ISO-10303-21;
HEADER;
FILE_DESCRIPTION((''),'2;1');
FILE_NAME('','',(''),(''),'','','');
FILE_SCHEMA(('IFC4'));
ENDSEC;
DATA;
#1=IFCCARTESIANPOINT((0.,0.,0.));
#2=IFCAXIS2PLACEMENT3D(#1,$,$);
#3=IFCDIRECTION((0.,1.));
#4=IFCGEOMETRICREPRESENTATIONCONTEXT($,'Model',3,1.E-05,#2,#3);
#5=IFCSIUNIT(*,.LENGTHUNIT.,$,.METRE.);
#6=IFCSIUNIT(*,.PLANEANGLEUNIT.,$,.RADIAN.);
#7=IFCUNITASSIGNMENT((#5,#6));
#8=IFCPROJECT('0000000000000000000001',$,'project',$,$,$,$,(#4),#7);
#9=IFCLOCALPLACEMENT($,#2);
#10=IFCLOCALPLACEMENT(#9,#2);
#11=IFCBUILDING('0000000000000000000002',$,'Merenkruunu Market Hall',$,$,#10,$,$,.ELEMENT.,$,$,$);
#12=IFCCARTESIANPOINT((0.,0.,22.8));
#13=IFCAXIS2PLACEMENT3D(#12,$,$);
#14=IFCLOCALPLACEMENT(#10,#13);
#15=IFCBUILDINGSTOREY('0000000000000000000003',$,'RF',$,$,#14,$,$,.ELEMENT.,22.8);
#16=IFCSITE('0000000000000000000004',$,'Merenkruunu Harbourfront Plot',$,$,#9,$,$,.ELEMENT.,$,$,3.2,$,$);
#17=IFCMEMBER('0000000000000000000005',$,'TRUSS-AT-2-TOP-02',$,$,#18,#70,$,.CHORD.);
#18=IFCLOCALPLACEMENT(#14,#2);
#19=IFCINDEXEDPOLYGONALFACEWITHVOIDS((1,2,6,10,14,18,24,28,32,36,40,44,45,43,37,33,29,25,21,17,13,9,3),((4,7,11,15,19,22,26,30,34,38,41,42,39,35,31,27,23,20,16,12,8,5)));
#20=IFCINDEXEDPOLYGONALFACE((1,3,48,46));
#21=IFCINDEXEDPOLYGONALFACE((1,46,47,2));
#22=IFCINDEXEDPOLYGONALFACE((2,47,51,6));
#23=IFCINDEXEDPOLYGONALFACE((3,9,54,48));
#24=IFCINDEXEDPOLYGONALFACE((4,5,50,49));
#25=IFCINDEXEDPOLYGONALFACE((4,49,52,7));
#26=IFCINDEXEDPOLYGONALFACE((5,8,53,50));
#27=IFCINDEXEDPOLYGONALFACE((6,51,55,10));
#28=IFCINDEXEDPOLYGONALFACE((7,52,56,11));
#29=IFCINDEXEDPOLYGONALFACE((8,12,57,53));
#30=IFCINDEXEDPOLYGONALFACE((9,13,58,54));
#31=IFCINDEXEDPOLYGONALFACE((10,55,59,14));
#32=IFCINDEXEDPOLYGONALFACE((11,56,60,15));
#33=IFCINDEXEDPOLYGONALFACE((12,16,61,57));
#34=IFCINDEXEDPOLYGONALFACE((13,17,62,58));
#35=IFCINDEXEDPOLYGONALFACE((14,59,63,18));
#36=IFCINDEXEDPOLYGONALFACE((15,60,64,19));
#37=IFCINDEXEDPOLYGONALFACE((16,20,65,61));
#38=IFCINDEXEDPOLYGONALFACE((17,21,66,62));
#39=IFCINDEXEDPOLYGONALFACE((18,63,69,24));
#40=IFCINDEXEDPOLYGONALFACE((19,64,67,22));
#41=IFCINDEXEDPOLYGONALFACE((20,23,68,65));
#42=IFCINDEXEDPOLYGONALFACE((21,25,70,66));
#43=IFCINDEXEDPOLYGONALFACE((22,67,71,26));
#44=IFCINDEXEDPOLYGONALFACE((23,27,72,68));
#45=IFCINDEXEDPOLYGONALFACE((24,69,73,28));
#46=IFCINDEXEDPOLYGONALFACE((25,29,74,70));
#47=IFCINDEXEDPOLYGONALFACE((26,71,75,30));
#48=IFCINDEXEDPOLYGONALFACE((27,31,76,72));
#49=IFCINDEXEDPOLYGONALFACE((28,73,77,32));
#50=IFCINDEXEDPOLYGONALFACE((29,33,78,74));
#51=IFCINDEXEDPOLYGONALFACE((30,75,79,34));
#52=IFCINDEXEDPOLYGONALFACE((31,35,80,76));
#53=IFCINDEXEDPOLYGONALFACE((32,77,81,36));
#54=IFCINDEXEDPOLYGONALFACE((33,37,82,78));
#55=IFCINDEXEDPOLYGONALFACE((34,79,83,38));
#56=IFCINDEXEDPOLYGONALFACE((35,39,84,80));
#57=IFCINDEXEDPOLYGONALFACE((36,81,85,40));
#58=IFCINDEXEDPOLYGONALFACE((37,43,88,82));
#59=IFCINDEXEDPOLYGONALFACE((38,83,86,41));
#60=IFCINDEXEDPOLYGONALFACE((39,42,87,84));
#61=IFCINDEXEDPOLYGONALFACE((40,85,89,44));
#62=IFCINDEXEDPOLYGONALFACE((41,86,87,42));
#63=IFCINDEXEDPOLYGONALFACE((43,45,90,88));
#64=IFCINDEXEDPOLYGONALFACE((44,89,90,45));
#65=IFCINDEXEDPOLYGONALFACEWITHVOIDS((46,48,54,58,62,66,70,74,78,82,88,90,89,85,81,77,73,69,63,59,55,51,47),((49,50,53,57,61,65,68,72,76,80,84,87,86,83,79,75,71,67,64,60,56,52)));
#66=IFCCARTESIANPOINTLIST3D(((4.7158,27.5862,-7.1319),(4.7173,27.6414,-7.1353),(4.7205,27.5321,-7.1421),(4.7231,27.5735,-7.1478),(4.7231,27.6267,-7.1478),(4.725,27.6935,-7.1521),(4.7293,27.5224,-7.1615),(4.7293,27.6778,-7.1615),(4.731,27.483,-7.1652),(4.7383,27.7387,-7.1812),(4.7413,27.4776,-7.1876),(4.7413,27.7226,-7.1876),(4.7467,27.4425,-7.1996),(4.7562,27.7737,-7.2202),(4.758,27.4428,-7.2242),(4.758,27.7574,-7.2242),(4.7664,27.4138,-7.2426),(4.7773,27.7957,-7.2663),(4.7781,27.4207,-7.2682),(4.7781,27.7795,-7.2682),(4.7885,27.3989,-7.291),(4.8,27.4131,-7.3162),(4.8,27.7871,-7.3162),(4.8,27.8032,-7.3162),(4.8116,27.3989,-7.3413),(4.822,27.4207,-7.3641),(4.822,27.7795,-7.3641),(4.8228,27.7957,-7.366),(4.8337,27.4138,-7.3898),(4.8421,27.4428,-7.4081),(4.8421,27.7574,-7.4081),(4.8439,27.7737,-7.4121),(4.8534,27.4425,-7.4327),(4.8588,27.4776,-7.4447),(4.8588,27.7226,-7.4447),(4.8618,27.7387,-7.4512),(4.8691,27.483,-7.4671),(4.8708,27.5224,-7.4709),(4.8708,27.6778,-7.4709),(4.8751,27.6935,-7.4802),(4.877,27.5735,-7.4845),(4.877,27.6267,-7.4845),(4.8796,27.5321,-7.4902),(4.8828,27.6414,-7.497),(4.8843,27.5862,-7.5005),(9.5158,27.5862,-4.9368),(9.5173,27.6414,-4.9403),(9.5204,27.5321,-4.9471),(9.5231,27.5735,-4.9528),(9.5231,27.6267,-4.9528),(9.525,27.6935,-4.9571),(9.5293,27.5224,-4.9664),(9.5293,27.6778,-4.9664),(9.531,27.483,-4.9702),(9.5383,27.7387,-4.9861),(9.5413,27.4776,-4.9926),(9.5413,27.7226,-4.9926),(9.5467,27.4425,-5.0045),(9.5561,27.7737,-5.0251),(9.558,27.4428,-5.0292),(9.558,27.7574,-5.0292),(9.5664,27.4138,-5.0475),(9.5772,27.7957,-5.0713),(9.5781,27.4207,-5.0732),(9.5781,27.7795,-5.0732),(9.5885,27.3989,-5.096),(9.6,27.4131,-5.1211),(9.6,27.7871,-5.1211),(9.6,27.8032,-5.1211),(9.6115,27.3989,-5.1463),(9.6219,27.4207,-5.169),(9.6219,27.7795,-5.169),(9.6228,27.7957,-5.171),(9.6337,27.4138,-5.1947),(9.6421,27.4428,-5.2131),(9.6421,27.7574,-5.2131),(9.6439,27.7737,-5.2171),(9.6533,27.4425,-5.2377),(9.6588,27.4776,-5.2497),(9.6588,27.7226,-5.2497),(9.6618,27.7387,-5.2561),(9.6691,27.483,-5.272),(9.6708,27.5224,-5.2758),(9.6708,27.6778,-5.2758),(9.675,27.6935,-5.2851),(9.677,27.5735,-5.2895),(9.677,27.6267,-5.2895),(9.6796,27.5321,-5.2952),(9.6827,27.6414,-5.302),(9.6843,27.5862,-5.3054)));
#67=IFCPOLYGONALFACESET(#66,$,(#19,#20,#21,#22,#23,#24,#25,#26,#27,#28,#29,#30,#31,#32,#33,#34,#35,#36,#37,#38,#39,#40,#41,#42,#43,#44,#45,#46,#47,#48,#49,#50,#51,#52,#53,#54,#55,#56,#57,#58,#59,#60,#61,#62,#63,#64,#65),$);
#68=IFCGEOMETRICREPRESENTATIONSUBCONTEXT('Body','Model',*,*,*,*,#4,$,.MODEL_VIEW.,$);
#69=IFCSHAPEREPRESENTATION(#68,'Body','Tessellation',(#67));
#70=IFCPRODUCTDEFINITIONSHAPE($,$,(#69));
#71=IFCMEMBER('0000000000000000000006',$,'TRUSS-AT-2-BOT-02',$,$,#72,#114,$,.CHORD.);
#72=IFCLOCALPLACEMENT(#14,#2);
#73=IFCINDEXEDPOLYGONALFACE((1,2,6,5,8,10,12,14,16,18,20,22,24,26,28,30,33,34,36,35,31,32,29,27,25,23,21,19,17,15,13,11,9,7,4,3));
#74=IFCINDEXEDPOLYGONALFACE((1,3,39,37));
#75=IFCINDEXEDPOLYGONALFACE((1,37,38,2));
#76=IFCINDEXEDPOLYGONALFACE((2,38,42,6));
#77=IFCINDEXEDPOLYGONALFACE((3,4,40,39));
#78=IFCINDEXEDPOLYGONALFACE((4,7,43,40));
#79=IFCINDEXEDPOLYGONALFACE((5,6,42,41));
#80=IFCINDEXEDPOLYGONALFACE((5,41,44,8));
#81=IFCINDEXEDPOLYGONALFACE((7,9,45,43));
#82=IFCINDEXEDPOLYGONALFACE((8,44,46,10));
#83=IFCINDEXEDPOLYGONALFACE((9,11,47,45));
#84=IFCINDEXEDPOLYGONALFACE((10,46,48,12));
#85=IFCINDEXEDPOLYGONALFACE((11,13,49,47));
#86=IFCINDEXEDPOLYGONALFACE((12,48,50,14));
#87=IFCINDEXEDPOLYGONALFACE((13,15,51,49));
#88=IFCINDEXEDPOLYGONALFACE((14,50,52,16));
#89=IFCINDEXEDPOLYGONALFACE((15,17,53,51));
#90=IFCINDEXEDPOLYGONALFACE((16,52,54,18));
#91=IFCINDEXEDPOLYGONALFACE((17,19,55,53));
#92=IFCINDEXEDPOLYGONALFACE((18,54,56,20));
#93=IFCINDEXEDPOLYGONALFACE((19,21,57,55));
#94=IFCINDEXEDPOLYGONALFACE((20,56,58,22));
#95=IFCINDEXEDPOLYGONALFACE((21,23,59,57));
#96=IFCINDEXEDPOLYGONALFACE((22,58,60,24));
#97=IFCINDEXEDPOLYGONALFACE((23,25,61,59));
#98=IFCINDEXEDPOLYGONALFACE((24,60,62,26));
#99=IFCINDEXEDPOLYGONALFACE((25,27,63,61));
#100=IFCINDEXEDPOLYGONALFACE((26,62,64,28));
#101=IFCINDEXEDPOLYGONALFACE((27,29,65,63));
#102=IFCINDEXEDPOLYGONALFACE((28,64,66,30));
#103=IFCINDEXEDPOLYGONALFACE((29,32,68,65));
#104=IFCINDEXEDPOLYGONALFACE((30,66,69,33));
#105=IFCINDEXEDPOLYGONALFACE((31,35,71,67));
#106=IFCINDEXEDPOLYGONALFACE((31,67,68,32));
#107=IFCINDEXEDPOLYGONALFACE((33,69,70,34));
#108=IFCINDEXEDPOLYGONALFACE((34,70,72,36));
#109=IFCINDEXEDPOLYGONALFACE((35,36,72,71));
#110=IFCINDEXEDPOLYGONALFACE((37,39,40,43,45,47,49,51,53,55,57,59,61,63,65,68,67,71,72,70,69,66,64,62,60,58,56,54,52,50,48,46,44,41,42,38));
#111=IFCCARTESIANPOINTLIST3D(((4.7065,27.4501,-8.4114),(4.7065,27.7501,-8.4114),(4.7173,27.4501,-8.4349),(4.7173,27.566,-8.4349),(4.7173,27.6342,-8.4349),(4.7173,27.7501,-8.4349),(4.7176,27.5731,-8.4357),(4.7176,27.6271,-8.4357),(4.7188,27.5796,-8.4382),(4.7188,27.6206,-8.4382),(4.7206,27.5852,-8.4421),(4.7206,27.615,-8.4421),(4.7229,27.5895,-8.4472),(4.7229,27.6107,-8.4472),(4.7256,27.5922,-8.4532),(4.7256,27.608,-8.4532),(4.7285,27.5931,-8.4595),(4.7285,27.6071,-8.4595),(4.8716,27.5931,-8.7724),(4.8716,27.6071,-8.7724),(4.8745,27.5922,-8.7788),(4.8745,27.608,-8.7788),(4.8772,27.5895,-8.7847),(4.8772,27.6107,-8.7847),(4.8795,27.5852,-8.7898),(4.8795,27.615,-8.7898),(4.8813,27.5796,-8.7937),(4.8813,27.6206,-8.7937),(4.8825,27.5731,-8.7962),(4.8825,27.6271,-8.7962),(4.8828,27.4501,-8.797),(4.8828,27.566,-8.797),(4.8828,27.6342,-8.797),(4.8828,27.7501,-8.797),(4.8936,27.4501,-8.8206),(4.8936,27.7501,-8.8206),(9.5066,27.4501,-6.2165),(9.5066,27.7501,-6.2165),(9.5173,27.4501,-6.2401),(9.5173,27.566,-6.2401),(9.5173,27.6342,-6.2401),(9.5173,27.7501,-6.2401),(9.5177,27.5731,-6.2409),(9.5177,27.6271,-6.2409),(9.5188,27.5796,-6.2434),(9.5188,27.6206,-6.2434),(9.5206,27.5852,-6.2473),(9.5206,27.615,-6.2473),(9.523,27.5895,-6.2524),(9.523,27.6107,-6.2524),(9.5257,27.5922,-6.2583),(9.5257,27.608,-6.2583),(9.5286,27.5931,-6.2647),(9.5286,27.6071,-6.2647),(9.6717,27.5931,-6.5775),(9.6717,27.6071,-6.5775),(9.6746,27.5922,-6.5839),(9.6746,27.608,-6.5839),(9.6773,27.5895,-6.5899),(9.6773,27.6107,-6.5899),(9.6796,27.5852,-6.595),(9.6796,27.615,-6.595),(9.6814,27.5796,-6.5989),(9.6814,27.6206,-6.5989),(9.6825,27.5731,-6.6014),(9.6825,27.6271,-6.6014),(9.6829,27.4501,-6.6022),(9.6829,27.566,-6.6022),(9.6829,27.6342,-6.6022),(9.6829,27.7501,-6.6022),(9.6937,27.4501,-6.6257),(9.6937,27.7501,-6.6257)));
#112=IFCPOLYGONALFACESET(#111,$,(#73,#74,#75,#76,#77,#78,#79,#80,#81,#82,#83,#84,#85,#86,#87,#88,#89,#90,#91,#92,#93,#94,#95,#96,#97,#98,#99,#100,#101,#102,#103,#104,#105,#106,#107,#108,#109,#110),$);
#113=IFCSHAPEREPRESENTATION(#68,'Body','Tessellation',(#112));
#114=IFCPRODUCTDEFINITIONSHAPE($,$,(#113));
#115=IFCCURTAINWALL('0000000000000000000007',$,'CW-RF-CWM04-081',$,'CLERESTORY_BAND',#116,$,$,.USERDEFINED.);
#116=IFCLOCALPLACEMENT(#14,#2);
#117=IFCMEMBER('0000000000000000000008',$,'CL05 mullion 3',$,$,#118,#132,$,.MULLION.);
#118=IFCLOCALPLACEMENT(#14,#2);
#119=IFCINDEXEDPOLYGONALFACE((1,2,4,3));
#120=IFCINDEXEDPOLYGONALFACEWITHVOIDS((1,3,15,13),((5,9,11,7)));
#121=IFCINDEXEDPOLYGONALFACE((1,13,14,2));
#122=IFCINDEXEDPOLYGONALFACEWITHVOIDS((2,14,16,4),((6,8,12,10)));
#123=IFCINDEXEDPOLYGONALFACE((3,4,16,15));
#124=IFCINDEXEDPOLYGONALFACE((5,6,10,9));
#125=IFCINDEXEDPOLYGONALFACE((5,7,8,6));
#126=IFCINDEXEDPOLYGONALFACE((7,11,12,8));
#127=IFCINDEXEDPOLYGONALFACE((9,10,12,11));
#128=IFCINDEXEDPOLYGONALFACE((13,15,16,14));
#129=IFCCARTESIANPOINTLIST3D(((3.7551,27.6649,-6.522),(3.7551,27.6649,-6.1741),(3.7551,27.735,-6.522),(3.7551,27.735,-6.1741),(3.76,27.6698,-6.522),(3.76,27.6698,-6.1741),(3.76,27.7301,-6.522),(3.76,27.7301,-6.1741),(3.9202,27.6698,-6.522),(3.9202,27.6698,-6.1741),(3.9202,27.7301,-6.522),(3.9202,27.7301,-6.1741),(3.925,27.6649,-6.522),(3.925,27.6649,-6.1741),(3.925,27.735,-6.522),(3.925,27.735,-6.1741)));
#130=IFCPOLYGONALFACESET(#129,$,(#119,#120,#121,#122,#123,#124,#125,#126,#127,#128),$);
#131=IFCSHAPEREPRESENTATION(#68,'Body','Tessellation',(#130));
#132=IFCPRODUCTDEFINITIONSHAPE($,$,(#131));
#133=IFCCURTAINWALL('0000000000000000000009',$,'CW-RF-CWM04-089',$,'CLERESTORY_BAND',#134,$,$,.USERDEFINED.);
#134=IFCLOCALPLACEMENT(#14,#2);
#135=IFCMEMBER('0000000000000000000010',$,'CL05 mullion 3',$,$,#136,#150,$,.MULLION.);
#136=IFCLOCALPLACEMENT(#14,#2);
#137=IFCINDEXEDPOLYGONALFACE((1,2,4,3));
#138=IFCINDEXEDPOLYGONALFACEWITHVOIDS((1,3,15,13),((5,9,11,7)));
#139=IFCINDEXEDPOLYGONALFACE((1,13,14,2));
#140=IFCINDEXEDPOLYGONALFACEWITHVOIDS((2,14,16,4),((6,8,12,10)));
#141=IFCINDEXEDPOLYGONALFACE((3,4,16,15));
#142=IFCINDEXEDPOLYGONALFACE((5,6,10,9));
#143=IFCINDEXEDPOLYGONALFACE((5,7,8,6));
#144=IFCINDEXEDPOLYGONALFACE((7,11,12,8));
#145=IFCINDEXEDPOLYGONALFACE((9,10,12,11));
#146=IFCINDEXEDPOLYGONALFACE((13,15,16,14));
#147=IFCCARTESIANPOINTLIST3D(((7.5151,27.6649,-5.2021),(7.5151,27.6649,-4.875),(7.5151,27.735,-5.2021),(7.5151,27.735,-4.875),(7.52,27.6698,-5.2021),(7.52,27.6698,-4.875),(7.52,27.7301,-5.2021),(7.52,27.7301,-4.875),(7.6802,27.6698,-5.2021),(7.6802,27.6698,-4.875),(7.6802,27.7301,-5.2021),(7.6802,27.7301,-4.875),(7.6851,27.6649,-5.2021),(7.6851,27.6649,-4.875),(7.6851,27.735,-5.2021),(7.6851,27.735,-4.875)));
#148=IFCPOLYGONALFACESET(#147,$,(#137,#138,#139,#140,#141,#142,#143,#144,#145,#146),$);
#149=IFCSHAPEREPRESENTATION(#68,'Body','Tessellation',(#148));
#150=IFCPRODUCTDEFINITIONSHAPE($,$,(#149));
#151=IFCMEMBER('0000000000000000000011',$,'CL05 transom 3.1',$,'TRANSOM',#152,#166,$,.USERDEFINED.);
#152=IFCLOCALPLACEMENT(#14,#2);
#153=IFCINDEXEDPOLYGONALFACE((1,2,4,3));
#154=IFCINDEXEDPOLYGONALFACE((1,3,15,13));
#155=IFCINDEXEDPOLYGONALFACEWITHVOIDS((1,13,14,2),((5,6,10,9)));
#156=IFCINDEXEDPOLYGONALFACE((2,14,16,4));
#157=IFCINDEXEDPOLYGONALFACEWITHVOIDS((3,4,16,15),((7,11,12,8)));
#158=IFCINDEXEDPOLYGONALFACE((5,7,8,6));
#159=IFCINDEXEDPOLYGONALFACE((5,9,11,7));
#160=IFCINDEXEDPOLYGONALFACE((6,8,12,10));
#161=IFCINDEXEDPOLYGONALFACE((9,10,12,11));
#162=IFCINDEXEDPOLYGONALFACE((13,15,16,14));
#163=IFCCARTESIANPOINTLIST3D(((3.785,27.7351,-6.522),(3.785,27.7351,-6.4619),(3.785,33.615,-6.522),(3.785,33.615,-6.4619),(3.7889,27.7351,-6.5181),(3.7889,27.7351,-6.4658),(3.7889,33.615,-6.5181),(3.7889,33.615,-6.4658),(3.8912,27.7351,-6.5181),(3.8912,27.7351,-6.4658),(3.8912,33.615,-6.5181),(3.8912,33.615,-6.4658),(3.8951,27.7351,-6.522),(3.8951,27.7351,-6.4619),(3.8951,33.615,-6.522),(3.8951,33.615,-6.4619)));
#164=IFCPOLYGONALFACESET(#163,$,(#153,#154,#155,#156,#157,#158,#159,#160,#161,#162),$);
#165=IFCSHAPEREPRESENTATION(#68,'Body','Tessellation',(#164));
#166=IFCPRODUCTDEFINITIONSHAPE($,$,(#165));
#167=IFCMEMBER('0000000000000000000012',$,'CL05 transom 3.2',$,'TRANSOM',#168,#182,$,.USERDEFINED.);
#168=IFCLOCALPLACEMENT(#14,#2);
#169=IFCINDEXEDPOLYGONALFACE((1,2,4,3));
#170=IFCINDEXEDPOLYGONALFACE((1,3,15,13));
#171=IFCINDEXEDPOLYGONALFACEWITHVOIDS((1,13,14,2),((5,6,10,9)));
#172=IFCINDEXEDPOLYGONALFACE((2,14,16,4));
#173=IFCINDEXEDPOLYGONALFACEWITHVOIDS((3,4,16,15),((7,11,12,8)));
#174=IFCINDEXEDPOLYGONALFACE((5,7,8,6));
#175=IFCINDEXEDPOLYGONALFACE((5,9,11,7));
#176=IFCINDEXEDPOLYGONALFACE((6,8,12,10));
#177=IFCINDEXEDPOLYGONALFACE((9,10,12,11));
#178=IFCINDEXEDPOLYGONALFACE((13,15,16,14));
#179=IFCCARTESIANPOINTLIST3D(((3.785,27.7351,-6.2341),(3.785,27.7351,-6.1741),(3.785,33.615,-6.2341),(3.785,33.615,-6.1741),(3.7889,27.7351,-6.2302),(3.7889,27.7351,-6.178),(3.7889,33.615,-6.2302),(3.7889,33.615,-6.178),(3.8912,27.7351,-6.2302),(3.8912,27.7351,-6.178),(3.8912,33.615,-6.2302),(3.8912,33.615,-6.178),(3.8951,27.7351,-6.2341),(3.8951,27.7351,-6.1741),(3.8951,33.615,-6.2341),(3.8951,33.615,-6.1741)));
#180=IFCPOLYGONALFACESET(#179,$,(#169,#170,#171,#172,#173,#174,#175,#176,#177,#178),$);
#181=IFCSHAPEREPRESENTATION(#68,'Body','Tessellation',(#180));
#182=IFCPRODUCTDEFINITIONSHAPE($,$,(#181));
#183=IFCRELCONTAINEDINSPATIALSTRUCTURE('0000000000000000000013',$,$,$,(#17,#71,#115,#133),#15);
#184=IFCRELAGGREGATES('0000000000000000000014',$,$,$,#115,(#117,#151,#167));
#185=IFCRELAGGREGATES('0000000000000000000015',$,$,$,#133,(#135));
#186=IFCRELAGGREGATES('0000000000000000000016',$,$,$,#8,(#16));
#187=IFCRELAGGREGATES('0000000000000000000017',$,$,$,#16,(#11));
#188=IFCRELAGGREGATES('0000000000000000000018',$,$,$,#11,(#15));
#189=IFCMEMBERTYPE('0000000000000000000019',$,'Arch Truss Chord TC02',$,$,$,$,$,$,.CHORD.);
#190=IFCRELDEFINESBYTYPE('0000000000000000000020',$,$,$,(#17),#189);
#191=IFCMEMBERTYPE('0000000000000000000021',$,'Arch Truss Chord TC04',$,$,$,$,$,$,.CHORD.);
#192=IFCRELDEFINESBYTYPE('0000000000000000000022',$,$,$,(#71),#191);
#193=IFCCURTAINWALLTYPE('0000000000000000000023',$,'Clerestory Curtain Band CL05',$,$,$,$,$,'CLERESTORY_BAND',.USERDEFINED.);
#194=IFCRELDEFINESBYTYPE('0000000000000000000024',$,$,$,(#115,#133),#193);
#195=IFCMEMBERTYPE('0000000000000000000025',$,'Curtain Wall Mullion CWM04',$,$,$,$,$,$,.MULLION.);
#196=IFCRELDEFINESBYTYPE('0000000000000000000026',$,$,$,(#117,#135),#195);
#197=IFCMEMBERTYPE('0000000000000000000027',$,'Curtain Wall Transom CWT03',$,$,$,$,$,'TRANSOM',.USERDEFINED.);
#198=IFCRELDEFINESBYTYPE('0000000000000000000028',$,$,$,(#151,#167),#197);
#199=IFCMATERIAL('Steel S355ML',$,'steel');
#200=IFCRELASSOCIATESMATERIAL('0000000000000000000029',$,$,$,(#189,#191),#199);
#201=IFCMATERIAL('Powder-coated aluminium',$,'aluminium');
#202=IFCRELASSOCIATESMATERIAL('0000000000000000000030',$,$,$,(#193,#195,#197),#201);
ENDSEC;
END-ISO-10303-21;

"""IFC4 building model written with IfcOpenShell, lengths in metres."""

from ifc_helpers import new_model, si_unit, direction, frame, origin, origin_2d, place, context, subcontext, project, spatial, hollow_rectangle, hollow_circle, i_section, extrude, material, material_profile, profile_set, type_object, element, aggregate, save


model = new_model("IFC4")

# Units and contexts
model_context = context("Model", 3, precision=1e-05, world=origin(), true_north=direction((0.0, 1.0)))
body_context = subcontext(model_context, "Body", "Model", "MODEL_VIEW")
ifc_project = project(units=[si_unit("LENGTHUNIT", "METRE"), si_unit("PLANEANGLEUNIT", "RADIAN")], contexts=[model_context])

# Site, building, storey
site_placement = place(None, origin())
site = spatial("IfcSite", under=ifc_project, at=site_placement, Name="Merenkruunu Harbourfront Plot", CompositionType="ELEMENT", RefElevation=3.2)
building_placement = place(site_placement, origin())
building = spatial("IfcBuilding", under=site, at=building_placement, Name="Merenkruunu Market Hall", CompositionType="ELEMENT")
storey_placement = place(building_placement, frame((0.0, 0.0, 22.8)))
storey = spatial("IfcBuildingStorey", under=building, at=storey_placement, Name="RF", CompositionType="ELEMENT", Elevation=22.8)

# Members
ifc_material_1 = material(Name="Steel S355ML", Category="steel")
ifc_material_profile_1 = material_profile(ifc_material_1, hollow_circle(Radius=0.2031, WallThickness=0.0161, at=origin_2d()), Name="CHS 406.4x16")
ifc_profile_set_1 = profile_set([ifc_material_profile_1], Name="Steel S355ML")
member_type_1 = type_object("IfcMemberType", Name="Arch Truss Chord TC02", PredefinedType="CHORD", material=ifc_profile_set_1)
member_1_placement = place(storey_placement, frame((4.8, 27.6001, -7.3162), z_axis=(0.90942, 0.0, 0.415879), x_axis=(0.0, 1.0, 0.0)))
element("IfcMember", 1, at=member_1_placement, inside=storey, type_object=member_type_1, Name="TRUSS-AT-2-TOP-02", PredefinedType="CHORD", context=body_context, shape_type="SweptSolid", body=[
    extrude(hollow_circle(Radius=0.2031, WallThickness=0.0161, at=origin_2d()), origin(), (0.0, 0.0, 1.0), 5.2781),
])
ifc_material_profile_2 = material_profile(ifc_material_1, i_section(OverallWidth=0.3, OverallDepth=0.45, WebThickness=0.0139, FlangeThickness=0.0259, FilletRadius=0.0271, at=origin_2d()), Name="HEB 450")
ifc_profile_set_2 = profile_set([ifc_material_profile_2], Name="Steel S355ML")
member_type_2 = type_object("IfcMemberType", Name="Arch Truss Chord TC04", PredefinedType="CHORD", material=ifc_profile_set_2)
member_2_placement = place(storey_placement, frame((4.8, 27.6001, -8.616), z_axis=(0.909437, 0.0, 0.415841), x_axis=(0.0, 1.0, 0.0)))
element("IfcMember", 2, at=member_2_placement, inside=storey, type_object=member_type_2, Name="TRUSS-AT-2-BOT-02", PredefinedType="CHORD", context=body_context, shape_type="SweptSolid", body=[
    extrude(i_section(OverallWidth=0.3, OverallDepth=0.45, WebThickness=0.0139, FlangeThickness=0.0259, FilletRadius=0.0271, at=origin_2d()), origin(), (0.0, 0.0, 1.0), 5.2781),
])

# Curtain walls, members
ifc_material_2 = material(Name="Powder-coated aluminium", Category="aluminium")
curtain_wall_type = type_object("IfcCurtainWallType", Name="Clerestory Curtain Band CL05", ElementType="CLERESTORY_BAND", PredefinedType="USERDEFINED", material=ifc_material_2)
curtain_wall_1_placement = place(storey_placement, origin())
curtain_wall_1 = element("IfcCurtainWall", 3, at=curtain_wall_1_placement, inside=storey, type_object=curtain_wall_type, Name="CW-RF-CWM04-081", ObjectType="CLERESTORY_BAND", PredefinedType="USERDEFINED")
ifc_material_profile_3 = material_profile(ifc_material_2, hollow_rectangle(XDim=0.0701, YDim=0.1699, WallThickness=0.0049, at=origin_2d()), Name="ALU 70x170x5")
ifc_profile_set_3 = profile_set([ifc_material_profile_3], Name="Powder-coated aluminium")
member_type_3 = type_object("IfcMemberType", Name="Curtain Wall Mullion CWM04", PredefinedType="MULLION", material=ifc_profile_set_3)
member_3_placement = place(storey_placement, frame((3.8401, 27.7, -6.522), z_axis=(0.0, 0.0, 1.0), x_axis=(0.0, 1.0, 0.0)))
member_3 = element("IfcMember", 4, at=member_3_placement, type_object=member_type_3, Name="CL05 mullion 3", PredefinedType="MULLION", context=body_context, shape_type="SweptSolid", body=[
    extrude(hollow_rectangle(XDim=0.0701, YDim=0.1699, WallThickness=0.0049, at=origin_2d()), origin(), (0.0, 0.0, 1.0), 0.3479),
])
curtain_wall_2_placement = place(storey_placement, origin())
curtain_wall_2 = element("IfcCurtainWall", 5, at=curtain_wall_2_placement, inside=storey, type_object=curtain_wall_type, Name="CW-RF-CWM04-089", ObjectType="CLERESTORY_BAND", PredefinedType="USERDEFINED")
member_4_placement = place(storey_placement, frame((7.6001, 27.7, -5.2021), z_axis=(0.0, 0.0, 1.0), x_axis=(0.0, 1.0, 0.0)))
member_4 = element("IfcMember", 6, at=member_4_placement, type_object=member_type_3, Name="CL05 mullion 3", PredefinedType="MULLION", context=body_context, shape_type="SweptSolid", body=[
    extrude(hollow_rectangle(XDim=0.0701, YDim=0.1699, WallThickness=0.0049, at=origin_2d()), origin(), (0.0, 0.0, 1.0), 0.3271),
])

# Members
ifc_material_profile_4 = material_profile(ifc_material_2, hollow_rectangle(XDim=0.0601, YDim=0.1101, WallThickness=0.0039, at=origin_2d()), Name="ALU 60x110x4")
ifc_profile_set_4 = profile_set([ifc_material_profile_4], Name="Powder-coated aluminium")
member_type_4 = type_object("IfcMemberType", Name="Curtain Wall Transom CWT03", ElementType="TRANSOM", PredefinedType="USERDEFINED", material=ifc_profile_set_4)
member_5_placement = place(storey_placement, frame((3.8401, 27.7351, -6.4919), z_axis=(0.0, 1.0, 0.0), x_axis=(0.0, 0.0, 1.0)))
member_5 = element("IfcMember", 7, at=member_5_placement, type_object=member_type_4, Name="CL05 transom 3.1", ObjectType="TRANSOM", PredefinedType="USERDEFINED", context=body_context, shape_type="SweptSolid", body=[
    extrude(hollow_rectangle(XDim=0.0601, YDim=0.1101, WallThickness=0.0039, at=origin_2d()), origin(), (0.0, 0.0, 1.0), 5.8799),
])
member_6_placement = place(storey_placement, frame((3.8401, 27.7351, -6.2041), z_axis=(0.0, 1.0, 0.0), x_axis=(0.0, 0.0, 1.0)))
member_6 = element("IfcMember", 8, at=member_6_placement, type_object=member_type_4, Name="CL05 transom 3.2", ObjectType="TRANSOM", PredefinedType="USERDEFINED", context=body_context, shape_type="SweptSolid", body=[
    extrude(hollow_rectangle(XDim=0.0601, YDim=0.1101, WallThickness=0.0039, at=origin_2d()), origin(), (0.0, 0.0, 1.0), 5.8799),
])

aggregate(curtain_wall_1, [member_3, member_5, member_6])
aggregate(curtain_wall_2, [member_4])

save(model, "model.ifc")
